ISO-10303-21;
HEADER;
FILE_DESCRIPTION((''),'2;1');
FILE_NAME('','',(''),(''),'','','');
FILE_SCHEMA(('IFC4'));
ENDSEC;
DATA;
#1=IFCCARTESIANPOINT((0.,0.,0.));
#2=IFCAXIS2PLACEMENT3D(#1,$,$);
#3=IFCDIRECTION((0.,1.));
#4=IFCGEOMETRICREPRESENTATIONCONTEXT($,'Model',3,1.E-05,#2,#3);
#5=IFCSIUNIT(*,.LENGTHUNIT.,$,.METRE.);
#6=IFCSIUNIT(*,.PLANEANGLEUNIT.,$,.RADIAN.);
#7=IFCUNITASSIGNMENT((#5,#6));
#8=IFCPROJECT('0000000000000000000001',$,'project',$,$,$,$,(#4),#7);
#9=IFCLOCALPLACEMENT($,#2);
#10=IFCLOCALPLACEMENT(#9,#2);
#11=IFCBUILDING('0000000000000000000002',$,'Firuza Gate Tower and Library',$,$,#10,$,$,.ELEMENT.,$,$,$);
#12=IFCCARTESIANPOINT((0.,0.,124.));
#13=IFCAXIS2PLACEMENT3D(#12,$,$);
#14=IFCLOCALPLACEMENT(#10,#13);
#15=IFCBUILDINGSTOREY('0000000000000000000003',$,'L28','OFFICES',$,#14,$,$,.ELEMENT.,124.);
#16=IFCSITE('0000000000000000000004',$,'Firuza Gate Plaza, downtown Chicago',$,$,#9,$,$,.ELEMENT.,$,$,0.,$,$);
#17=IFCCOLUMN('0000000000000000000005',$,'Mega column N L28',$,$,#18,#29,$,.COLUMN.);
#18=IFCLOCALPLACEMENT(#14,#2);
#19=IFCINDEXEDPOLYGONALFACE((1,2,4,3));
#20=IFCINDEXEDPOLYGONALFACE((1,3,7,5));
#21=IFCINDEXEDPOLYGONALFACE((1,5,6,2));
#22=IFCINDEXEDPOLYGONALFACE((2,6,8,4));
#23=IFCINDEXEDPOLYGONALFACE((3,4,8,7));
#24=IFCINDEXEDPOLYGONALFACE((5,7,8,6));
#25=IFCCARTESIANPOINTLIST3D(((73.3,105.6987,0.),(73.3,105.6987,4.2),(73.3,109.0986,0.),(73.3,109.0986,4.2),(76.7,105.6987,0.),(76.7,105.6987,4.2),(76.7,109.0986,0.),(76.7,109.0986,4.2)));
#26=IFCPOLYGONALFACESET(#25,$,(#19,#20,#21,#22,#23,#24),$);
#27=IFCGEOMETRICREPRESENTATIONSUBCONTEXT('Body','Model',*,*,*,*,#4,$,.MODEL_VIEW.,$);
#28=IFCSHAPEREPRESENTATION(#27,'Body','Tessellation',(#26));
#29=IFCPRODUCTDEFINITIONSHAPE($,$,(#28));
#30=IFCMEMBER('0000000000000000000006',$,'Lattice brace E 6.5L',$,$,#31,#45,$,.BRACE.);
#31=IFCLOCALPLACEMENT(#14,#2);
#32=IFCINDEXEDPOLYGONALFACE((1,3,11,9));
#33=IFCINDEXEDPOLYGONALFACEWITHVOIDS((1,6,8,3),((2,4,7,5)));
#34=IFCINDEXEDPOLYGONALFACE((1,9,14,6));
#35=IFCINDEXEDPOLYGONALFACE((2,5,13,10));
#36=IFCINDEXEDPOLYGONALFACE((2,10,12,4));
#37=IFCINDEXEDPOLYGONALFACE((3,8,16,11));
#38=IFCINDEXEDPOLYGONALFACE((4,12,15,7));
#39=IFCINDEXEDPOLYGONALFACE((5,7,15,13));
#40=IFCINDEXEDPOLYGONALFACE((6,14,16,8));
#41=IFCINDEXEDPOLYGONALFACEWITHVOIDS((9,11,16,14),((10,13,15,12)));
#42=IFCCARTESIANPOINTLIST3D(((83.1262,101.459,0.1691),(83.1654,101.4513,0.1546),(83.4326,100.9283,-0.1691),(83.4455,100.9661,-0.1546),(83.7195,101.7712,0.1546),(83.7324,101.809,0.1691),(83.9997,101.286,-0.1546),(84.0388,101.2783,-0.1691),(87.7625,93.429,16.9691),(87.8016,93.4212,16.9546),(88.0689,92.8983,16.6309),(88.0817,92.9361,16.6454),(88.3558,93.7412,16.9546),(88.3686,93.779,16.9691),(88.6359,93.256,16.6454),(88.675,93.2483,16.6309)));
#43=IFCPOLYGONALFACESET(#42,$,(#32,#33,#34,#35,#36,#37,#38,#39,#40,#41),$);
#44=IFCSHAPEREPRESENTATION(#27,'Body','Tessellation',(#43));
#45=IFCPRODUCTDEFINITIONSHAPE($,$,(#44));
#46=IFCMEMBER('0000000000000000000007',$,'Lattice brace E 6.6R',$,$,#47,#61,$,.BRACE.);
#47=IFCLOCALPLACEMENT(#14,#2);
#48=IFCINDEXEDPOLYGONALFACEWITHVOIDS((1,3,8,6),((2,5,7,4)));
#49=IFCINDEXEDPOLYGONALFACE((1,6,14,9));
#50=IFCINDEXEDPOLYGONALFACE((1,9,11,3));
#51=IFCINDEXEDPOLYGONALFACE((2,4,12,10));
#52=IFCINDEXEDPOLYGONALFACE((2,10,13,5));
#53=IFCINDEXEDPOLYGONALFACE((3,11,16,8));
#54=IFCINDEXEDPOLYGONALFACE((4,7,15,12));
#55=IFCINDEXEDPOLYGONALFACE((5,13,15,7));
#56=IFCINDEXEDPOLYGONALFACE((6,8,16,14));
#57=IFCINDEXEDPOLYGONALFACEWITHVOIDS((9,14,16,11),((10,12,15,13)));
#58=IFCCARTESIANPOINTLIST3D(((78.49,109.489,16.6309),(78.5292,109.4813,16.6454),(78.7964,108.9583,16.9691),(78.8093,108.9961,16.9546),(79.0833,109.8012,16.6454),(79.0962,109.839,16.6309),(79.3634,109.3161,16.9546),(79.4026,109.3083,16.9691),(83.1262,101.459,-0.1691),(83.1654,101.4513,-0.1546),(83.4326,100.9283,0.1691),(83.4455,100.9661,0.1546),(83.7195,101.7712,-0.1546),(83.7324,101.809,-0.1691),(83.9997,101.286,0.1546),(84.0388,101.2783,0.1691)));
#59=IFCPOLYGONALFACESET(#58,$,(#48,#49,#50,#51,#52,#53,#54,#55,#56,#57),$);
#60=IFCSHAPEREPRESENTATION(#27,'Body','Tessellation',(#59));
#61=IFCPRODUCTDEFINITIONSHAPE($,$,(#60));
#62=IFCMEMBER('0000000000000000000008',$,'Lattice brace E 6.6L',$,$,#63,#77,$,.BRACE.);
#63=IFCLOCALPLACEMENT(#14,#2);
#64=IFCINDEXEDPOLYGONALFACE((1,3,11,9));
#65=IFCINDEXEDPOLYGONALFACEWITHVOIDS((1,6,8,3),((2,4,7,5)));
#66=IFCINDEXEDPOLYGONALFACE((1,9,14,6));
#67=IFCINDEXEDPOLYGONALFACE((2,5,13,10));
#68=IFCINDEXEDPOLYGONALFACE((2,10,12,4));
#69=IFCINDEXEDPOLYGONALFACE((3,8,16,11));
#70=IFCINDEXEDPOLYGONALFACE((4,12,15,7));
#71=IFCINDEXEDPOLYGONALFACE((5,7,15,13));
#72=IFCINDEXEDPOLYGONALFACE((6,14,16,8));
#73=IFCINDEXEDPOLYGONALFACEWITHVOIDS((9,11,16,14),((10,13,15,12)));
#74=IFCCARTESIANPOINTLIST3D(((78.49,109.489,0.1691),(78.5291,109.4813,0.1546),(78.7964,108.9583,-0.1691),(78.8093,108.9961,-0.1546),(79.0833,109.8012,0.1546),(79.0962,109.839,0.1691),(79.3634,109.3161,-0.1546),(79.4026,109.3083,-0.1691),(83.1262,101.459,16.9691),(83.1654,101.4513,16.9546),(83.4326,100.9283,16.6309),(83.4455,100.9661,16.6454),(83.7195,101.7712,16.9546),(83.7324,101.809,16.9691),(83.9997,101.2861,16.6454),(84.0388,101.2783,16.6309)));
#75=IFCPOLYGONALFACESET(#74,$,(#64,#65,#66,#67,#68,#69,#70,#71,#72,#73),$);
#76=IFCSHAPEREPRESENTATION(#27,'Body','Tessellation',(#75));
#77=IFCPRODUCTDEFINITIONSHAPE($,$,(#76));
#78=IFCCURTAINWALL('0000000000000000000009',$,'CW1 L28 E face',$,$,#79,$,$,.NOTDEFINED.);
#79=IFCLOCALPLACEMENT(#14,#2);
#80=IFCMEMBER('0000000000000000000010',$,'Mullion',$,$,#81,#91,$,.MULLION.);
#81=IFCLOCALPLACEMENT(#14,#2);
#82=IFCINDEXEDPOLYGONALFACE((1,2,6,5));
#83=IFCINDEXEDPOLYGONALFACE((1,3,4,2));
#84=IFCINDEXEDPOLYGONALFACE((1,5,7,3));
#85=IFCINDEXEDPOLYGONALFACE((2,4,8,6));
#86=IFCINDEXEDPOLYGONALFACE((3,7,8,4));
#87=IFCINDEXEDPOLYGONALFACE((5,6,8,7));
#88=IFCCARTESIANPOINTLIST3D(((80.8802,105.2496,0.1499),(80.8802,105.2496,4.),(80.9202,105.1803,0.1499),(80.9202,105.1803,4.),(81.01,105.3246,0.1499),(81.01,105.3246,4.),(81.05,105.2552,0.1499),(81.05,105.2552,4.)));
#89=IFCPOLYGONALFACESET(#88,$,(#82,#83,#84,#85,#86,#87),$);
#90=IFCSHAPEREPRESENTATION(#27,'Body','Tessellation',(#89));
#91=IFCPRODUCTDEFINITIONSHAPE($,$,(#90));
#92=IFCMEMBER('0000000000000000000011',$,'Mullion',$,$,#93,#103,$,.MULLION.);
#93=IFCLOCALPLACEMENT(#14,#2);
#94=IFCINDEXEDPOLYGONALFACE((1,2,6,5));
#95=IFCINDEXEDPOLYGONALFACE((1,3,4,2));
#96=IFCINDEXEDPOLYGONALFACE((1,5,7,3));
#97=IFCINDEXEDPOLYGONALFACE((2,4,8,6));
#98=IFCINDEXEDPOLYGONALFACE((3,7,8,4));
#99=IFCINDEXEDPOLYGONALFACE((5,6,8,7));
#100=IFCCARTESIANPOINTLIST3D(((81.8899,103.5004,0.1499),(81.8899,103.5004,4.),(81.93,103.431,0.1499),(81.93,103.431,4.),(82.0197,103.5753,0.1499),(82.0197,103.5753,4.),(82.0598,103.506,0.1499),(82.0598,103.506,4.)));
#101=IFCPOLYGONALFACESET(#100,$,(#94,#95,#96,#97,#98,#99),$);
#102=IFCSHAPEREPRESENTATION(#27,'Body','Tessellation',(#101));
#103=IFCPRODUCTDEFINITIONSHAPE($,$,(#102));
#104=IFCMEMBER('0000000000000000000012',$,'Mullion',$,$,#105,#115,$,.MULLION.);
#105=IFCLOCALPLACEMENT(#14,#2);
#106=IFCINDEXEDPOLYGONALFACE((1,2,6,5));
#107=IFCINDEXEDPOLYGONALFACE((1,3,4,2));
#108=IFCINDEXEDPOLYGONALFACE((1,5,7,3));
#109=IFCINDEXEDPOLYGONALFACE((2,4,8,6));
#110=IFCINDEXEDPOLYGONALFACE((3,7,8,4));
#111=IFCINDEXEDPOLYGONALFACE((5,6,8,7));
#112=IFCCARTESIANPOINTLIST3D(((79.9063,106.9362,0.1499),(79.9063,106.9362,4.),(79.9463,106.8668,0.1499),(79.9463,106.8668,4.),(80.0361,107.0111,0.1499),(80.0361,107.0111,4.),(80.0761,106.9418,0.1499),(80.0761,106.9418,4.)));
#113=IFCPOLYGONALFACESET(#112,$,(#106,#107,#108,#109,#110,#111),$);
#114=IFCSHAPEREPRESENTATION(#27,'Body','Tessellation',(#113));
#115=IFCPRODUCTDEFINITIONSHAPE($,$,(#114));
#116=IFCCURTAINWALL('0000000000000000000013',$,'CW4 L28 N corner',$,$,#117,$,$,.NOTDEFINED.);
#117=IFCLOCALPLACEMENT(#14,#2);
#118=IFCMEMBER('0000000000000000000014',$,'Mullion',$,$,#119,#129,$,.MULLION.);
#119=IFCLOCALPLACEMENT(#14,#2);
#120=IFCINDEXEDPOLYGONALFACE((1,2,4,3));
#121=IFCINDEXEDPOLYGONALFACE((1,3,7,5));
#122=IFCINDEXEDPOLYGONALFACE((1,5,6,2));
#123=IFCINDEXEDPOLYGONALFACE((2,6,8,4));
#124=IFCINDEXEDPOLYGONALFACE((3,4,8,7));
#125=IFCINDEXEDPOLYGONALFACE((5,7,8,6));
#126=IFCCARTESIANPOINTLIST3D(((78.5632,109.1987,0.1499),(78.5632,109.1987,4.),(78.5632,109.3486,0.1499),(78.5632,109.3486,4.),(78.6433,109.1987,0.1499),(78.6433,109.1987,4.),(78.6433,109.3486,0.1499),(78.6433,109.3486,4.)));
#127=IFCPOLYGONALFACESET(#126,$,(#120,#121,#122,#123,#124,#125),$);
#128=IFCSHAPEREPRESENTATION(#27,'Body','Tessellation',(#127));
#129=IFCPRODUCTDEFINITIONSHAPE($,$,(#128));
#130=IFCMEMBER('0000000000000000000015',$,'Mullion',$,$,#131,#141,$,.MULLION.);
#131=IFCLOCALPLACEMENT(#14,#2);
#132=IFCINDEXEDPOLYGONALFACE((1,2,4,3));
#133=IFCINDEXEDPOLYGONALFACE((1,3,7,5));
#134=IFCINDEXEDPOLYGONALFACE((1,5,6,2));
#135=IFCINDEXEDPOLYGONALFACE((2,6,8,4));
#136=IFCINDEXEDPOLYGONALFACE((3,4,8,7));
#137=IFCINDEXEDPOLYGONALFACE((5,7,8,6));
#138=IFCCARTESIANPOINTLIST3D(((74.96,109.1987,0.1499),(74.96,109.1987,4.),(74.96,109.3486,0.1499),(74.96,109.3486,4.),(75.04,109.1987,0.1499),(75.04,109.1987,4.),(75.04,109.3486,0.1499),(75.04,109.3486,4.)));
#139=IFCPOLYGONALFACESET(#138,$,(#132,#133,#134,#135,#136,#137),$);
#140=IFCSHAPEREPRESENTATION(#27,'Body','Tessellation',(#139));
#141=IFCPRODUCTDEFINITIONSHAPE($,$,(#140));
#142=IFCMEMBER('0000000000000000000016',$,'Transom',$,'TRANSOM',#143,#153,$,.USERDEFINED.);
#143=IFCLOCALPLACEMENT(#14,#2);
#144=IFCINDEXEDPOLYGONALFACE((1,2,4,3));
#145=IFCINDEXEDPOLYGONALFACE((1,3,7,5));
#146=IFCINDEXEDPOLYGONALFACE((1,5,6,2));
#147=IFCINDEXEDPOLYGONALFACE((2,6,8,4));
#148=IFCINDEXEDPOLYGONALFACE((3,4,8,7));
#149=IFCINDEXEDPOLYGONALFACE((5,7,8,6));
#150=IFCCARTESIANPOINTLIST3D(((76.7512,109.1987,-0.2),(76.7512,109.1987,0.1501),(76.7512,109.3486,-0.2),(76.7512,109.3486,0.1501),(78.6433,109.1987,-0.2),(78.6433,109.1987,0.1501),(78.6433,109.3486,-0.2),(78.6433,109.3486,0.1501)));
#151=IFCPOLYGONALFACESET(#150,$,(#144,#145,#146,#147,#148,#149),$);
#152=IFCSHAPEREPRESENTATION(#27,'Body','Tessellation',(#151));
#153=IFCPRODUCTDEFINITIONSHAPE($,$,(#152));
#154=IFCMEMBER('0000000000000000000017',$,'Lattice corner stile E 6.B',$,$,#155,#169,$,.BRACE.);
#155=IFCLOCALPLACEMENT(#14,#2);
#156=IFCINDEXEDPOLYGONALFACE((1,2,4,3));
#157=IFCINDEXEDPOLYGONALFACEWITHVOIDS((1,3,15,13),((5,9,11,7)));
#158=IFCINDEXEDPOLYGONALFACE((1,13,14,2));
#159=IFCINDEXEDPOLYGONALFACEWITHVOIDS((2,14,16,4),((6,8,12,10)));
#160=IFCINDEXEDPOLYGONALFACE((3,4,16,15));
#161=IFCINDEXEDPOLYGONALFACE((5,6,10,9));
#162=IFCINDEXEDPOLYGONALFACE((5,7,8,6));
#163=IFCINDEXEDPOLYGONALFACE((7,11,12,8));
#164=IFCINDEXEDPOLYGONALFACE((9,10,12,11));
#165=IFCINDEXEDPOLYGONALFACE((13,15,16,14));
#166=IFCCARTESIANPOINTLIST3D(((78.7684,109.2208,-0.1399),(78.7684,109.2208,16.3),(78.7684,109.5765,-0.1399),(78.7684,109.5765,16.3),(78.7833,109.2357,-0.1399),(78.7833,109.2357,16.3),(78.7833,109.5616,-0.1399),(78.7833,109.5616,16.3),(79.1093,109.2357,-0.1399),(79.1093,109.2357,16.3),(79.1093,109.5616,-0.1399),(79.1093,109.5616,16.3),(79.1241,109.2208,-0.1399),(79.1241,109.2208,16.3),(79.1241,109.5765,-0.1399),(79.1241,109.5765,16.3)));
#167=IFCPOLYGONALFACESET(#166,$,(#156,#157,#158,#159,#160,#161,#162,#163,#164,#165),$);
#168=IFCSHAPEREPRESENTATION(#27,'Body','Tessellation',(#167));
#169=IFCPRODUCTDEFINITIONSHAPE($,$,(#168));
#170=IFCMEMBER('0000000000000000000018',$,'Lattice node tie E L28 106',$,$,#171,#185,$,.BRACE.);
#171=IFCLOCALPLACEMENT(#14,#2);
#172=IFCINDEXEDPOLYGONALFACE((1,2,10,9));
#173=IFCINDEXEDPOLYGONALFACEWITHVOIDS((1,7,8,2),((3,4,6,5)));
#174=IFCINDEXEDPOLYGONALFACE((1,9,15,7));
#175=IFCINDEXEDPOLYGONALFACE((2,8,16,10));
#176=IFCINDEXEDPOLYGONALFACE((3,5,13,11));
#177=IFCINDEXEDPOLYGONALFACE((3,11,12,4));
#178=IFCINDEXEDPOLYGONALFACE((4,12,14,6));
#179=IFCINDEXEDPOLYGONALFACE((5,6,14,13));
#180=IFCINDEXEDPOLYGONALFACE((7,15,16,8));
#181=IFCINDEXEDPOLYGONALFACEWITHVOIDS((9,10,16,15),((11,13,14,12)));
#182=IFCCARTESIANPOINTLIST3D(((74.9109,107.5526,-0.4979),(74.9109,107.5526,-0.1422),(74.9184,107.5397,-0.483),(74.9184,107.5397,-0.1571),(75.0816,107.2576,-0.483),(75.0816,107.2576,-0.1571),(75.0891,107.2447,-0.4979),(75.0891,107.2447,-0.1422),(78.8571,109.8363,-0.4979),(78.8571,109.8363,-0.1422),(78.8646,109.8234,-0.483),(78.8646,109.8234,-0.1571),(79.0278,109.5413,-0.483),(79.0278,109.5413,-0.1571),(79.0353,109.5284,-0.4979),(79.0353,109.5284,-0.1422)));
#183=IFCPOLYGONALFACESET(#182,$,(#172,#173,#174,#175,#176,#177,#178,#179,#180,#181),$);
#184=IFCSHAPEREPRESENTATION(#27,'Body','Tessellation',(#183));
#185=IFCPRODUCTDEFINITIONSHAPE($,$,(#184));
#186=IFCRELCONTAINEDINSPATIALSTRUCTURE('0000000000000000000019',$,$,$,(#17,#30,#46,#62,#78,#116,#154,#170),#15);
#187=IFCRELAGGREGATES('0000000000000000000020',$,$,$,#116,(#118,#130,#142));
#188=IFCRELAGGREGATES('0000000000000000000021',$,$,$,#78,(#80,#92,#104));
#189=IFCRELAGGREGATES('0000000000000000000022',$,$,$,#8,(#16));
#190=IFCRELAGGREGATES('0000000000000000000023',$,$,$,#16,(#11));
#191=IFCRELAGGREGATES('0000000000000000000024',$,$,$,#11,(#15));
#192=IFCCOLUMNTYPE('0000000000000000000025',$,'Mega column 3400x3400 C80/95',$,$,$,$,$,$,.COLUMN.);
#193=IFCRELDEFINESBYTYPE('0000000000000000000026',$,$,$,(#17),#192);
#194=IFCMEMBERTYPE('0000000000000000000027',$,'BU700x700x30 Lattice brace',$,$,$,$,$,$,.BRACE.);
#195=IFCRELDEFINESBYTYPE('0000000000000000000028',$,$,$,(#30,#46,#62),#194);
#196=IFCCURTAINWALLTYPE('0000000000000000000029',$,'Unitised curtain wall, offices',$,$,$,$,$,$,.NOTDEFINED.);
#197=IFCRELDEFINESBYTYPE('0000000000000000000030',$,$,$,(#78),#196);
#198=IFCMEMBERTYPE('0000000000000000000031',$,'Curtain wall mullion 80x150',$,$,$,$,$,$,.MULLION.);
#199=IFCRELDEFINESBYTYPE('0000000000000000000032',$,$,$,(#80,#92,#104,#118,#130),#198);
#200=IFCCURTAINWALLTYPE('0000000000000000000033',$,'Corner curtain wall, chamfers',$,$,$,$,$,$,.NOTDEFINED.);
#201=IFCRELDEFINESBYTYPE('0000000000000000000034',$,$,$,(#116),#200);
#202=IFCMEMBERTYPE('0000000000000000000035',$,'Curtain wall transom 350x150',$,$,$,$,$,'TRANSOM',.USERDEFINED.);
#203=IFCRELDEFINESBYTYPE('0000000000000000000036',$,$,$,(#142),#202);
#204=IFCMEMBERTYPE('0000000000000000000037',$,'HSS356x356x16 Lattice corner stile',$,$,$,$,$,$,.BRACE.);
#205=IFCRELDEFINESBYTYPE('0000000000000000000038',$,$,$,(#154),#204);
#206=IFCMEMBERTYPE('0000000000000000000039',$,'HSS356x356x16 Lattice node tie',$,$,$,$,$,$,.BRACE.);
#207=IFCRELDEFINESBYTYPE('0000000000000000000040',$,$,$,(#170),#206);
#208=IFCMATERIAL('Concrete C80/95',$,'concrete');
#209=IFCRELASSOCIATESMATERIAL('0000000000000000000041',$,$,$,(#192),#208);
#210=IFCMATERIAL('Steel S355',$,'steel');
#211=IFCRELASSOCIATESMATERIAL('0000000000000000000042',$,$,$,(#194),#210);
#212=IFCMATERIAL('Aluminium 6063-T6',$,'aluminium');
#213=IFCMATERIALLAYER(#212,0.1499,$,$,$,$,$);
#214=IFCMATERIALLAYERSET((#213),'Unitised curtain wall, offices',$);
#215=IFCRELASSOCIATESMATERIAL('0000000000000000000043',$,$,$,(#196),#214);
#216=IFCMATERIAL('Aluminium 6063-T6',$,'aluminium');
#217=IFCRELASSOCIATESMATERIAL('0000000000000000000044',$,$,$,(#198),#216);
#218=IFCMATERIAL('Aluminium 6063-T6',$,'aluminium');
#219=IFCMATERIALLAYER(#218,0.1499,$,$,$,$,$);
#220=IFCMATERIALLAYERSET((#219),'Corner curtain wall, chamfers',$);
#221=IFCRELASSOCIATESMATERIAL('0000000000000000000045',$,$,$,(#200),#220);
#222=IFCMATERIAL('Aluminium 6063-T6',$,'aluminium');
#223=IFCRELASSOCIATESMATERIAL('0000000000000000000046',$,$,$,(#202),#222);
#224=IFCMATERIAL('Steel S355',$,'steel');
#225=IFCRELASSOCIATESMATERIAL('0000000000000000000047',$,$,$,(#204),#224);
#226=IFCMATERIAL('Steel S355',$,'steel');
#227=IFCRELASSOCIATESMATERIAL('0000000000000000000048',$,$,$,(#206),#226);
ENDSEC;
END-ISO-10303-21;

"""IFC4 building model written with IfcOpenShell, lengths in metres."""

from ifc_helpers import new_model, si_unit, direction, frame, origin, origin_2d, place, context, subcontext, project, spatial, rectangle, hollow_rectangle, extrude, material, layer, layer_set, material_profile, profile_set, type_object, element, aggregate, save


model = new_model("IFC4")

# Units and contexts
model_context = context("Model", 3, precision=1e-05, world=origin(), true_north=direction((0.0, 1.0)))
body_context = subcontext(model_context, "Body", "Model", "MODEL_VIEW")
ifc_project = project(units=[si_unit("LENGTHUNIT", "METRE"), si_unit("PLANEANGLEUNIT", "RADIAN")], contexts=[model_context])

# Site, building, storey
site_placement = place(None, origin())
site = spatial("IfcSite", under=ifc_project, at=site_placement, Name="Firuza Gate Plaza, downtown Chicago", CompositionType="ELEMENT", RefElevation=0.0)
building_placement = place(site_placement, origin())
building = spatial("IfcBuilding", under=site, at=building_placement, Name="Firuza Gate Tower and Library", CompositionType="ELEMENT")
storey_placement = place(building_placement, frame((0.0, 0.0, 124.0)))
storey = spatial("IfcBuildingStorey", under=building, at=storey_placement, Name="L28", Description="OFFICES", CompositionType="ELEMENT", Elevation=124.0)

# Column
ifc_material_1 = material(Name="Concrete C80/95", Category="concrete")
ifc_material_profile_1 = material_profile(ifc_material_1, rectangle(XDim=3.3999, YDim=3.3999, at=origin_2d()))
ifc_profile_set_1 = profile_set([ifc_material_profile_1], Name="Concrete C80/95")
column_type = type_object("IfcColumnType", Name="Mega column 3400x3400 C80/95", PredefinedType="COLUMN", material=ifc_profile_set_1)
column_placement = place(storey_placement, frame((75.0, 107.3987, 0.0), z_axis=(0.0, 0.0, 1.0), x_axis=(-1.0, 0.0, 0.0)))
element("IfcColumn", 1, at=column_placement, inside=storey, type_object=column_type, Name="Mega column N L28", PredefinedType="COLUMN", context=body_context, shape_type="SweptSolid", body=[
    extrude(rectangle(XDim=3.3999, YDim=3.3999, at=origin_2d()), origin(), (0.0, 0.0, 1.0), 4.2),
])

# Members
ifc_material_2 = material(Name="Steel S355", Category="steel")
ifc_material_profile_2 = material_profile(ifc_material_2, hollow_rectangle(XDim=0.7, YDim=0.7, WallThickness=0.03, at=origin_2d()))
ifc_profile_set_2 = profile_set([ifc_material_profile_2], Name="Steel S355")
member_type_1 = type_object("IfcMemberType", Name="BU700x700x30 Lattice brace", PredefinedType="BRACE", material=ifc_profile_set_2)
for number, where, z_axis, x_axis, name in (
    (2, (83.5825, 101.3687, 0.0), (0.241609, -0.41847, 0.875504), (0.866021, 0.500007, 0.0), "Lattice brace E 6.5L"),
    (3, (83.5825, 101.3687, 0.0), (-0.241609, 0.41847, 0.875504), (-0.866021, -0.500007, 0.0), "Lattice brace E 6.6R"),
    (4, (78.9463, 109.3987, 0.0), (0.241609, -0.41847, 0.875504), (0.866021, 0.500007, 0.0), "Lattice brace E 6.6L"),
):
    element("IfcMember", number, at=place(storey_placement, frame(where, z_axis=z_axis, x_axis=x_axis)), inside=storey, type_object=member_type_1, Name=name, PredefinedType="BRACE", context=body_context, shape_type="SweptSolid", body=[
        extrude(hollow_rectangle(XDim=0.7, YDim=0.7, WallThickness=0.03, at=origin_2d()), origin(), (0.0, 0.0, 1.0), 19.189),
    ])

# Curtain walls, members
ifc_material_3 = material(Name="Aluminium 6063-T6", Category="aluminium")
ifc_layer_1 = layer(ifc_material_3, 0.1499)
ifc_layer_set_1 = layer_set([ifc_layer_1], Name="Unitised curtain wall, offices")
curtain_wall_type_1 = type_object("IfcCurtainWallType", Name="Unitised curtain wall, offices", PredefinedType="NOTDEFINED", material=ifc_layer_set_1)
placement = place(storey_placement, origin())
curtain_wall_1 = element("IfcCurtainWall", 5, at=placement, inside=storey, type_object=curtain_wall_type_1, Name="CW1 L28 E face", PredefinedType="NOTDEFINED")
ifc_material_4 = material(Name="Aluminium 6063-T6", Category="aluminium")
ifc_material_profile_3 = material_profile(ifc_material_4, rectangle(XDim=0.1499, YDim=0.0801, at=origin_2d()))
ifc_profile_set_3 = profile_set([ifc_material_profile_3], Name="Aluminium 6063-T6")
member_type_2 = type_object("IfcMemberType", Name="Curtain wall mullion 80x150", PredefinedType="MULLION", material=ifc_profile_set_3)
member_1_placement = place(storey_placement, frame((80.9651, 105.2524, 0.1499), z_axis=(0.0, 0.0, 1.0), x_axis=(-0.866025, -0.5, 0.0)))
member_1 = element("IfcMember", 6, at=member_1_placement, type_object=member_type_2, Name="Mullion", PredefinedType="MULLION", context=body_context, shape_type="SweptSolid", body=[
    extrude(rectangle(XDim=0.1499, YDim=0.0801, at=origin_2d()), origin(), (0.0, 0.0, 1.0), 3.8501),
])
member_2_placement = place(storey_placement, frame((81.9749, 103.5032, 0.1499), z_axis=(0.0, 0.0, 1.0), x_axis=(-0.866025, -0.5, 0.0)))
member_2 = element("IfcMember", 7, at=member_2_placement, type_object=member_type_2, Name="Mullion", PredefinedType="MULLION", context=body_context, shape_type="SweptSolid", body=[
    extrude(rectangle(XDim=0.1499, YDim=0.0801, at=origin_2d()), origin(), (0.0, 0.0, 1.0), 3.8501),
])
member_3_placement = place(storey_placement, frame((79.9912, 106.939, 0.1499), z_axis=(0.0, 0.0, 1.0), x_axis=(-0.866025, -0.5, 0.0)))
member_3 = element("IfcMember", 8, at=member_3_placement, type_object=member_type_2, Name="Mullion", PredefinedType="MULLION", context=body_context, shape_type="SweptSolid", body=[
    extrude(rectangle(XDim=0.1499, YDim=0.0801, at=origin_2d()), origin(), (0.0, 0.0, 1.0), 3.8501),
])
ifc_material_5 = material(Name="Aluminium 6063-T6", Category="aluminium")
ifc_layer_2 = layer(ifc_material_5, 0.1499)
ifc_layer_set_2 = layer_set([ifc_layer_2], Name="Corner curtain wall, chamfers")
curtain_wall_type_2 = type_object("IfcCurtainWallType", Name="Corner curtain wall, chamfers", PredefinedType="NOTDEFINED", material=ifc_layer_set_2)
curtain_wall_2 = element("IfcCurtainWall", 9, at=placement, inside=storey, type_object=curtain_wall_type_2, Name="CW4 L28 N corner", PredefinedType="NOTDEFINED")
member_4_placement = place(storey_placement, frame((78.6033, 109.2737, 0.1499), z_axis=(0.0, 0.0, 1.0), x_axis=(0.0, -1.0, 0.0)))
member_4 = element("IfcMember", 10, at=member_4_placement, type_object=member_type_2, Name="Mullion", PredefinedType="MULLION", context=body_context, shape_type="SweptSolid", body=[
    extrude(rectangle(XDim=0.1499, YDim=0.0801, at=origin_2d()), origin(), (0.0, 0.0, 1.0), 3.8501),
])
member_5_placement = place(storey_placement, frame((75.0, 109.2737, 0.1499), z_axis=(0.0, 0.0, 1.0), x_axis=(0.0, -1.0, 0.0)))
member_5 = element("IfcMember", 11, at=member_5_placement, type_object=member_type_2, Name="Mullion", PredefinedType="MULLION", context=body_context, shape_type="SweptSolid", body=[
    extrude(rectangle(XDim=0.1499, YDim=0.0801, at=origin_2d()), origin(), (0.0, 0.0, 1.0), 3.8501),
])
ifc_material_6 = material(Name="Aluminium 6063-T6", Category="aluminium")
ifc_material_profile_4 = material_profile(ifc_material_6, rectangle(XDim=0.1499, YDim=0.3501, at=origin_2d()))
ifc_profile_set_4 = profile_set([ifc_material_profile_4], Name="Aluminium 6063-T6")
member_type_3 = type_object("IfcMemberType", Name="Curtain wall transom 350x150", ElementType="TRANSOM", PredefinedType="USERDEFINED", material=ifc_profile_set_4)
member_6_placement = place(storey_placement, frame((78.6433, 109.2737, -0.0249), z_axis=(-1.0, 0.0, 0.0), x_axis=(0.0, -1.0, 0.0)))
member_6 = element("IfcMember", 12, at=member_6_placement, type_object=member_type_3, Name="Transom", ObjectType="TRANSOM", PredefinedType="USERDEFINED", context=body_context, shape_type="SweptSolid", body=[
    extrude(rectangle(XDim=0.1499, YDim=0.3501, at=origin_2d()), origin(), (0.0, 0.0, 1.0), 1.8921),
])

# Members
ifc_material_7 = material(Name="Steel S355", Category="steel")
ifc_material_profile_5 = material_profile(ifc_material_7, hollow_rectangle(XDim=0.3557, YDim=0.3557, WallThickness=0.0149, at=origin_2d()))
ifc_profile_set_5 = profile_set([ifc_material_profile_5], Name="Steel S355")
member_type_4 = type_object("IfcMemberType", Name="HSS356x356x16 Lattice corner stile", PredefinedType="BRACE", material=ifc_profile_set_5)
member_7_placement = place(storey_placement, frame((78.9463, 109.3987, -0.1399), z_axis=(0.0, 0.0, 1.0), x_axis=(1.0, 0.0, 0.0)))
element("IfcMember", 13, at=member_7_placement, inside=storey, type_object=member_type_4, Name="Lattice corner stile E 6.B", PredefinedType="BRACE", context=body_context, shape_type="SweptSolid", body=[
    extrude(hollow_rectangle(XDim=0.3557, YDim=0.3557, WallThickness=0.0149, at=origin_2d()), origin(), (0.0, 0.0, 1.0), 16.4399),
])
ifc_material_8 = material(Name="Steel S355", Category="steel")
ifc_material_profile_6 = material_profile(ifc_material_8, hollow_rectangle(XDim=0.3557, YDim=0.3557, WallThickness=0.0149, at=origin_2d()))
ifc_profile_set_6 = profile_set([ifc_material_profile_6], Name="Steel S355")
member_type_5 = type_object("IfcMemberType", Name="HSS356x356x16 Lattice node tie", PredefinedType="BRACE", material=ifc_profile_set_6)
for number, where, z_axis, x_axis, name in (
    (14, (75.0, 107.3987, -0.3201), (0.865522, 0.500872, 0.0), (-0.500872, 0.865522, 0.0), "Lattice node tie E L28 106"),
):
    element("IfcMember", number, at=place(storey_placement, frame(where, z_axis=z_axis, x_axis=x_axis)), inside=storey, type_object=member_type_5, Name=name, PredefinedType="BRACE", context=body_context, shape_type="SweptSolid", body=[
        extrude(hollow_rectangle(XDim=0.3557, YDim=0.3557, WallThickness=0.0149, at=origin_2d()), origin(), (0.0, 0.0, 1.0), 4.5593),
    ])

aggregate(curtain_wall_2, [member_4, member_5, member_6])
aggregate(curtain_wall_1, [member_1, member_2, member_3])

save(model, "model.ifc")
